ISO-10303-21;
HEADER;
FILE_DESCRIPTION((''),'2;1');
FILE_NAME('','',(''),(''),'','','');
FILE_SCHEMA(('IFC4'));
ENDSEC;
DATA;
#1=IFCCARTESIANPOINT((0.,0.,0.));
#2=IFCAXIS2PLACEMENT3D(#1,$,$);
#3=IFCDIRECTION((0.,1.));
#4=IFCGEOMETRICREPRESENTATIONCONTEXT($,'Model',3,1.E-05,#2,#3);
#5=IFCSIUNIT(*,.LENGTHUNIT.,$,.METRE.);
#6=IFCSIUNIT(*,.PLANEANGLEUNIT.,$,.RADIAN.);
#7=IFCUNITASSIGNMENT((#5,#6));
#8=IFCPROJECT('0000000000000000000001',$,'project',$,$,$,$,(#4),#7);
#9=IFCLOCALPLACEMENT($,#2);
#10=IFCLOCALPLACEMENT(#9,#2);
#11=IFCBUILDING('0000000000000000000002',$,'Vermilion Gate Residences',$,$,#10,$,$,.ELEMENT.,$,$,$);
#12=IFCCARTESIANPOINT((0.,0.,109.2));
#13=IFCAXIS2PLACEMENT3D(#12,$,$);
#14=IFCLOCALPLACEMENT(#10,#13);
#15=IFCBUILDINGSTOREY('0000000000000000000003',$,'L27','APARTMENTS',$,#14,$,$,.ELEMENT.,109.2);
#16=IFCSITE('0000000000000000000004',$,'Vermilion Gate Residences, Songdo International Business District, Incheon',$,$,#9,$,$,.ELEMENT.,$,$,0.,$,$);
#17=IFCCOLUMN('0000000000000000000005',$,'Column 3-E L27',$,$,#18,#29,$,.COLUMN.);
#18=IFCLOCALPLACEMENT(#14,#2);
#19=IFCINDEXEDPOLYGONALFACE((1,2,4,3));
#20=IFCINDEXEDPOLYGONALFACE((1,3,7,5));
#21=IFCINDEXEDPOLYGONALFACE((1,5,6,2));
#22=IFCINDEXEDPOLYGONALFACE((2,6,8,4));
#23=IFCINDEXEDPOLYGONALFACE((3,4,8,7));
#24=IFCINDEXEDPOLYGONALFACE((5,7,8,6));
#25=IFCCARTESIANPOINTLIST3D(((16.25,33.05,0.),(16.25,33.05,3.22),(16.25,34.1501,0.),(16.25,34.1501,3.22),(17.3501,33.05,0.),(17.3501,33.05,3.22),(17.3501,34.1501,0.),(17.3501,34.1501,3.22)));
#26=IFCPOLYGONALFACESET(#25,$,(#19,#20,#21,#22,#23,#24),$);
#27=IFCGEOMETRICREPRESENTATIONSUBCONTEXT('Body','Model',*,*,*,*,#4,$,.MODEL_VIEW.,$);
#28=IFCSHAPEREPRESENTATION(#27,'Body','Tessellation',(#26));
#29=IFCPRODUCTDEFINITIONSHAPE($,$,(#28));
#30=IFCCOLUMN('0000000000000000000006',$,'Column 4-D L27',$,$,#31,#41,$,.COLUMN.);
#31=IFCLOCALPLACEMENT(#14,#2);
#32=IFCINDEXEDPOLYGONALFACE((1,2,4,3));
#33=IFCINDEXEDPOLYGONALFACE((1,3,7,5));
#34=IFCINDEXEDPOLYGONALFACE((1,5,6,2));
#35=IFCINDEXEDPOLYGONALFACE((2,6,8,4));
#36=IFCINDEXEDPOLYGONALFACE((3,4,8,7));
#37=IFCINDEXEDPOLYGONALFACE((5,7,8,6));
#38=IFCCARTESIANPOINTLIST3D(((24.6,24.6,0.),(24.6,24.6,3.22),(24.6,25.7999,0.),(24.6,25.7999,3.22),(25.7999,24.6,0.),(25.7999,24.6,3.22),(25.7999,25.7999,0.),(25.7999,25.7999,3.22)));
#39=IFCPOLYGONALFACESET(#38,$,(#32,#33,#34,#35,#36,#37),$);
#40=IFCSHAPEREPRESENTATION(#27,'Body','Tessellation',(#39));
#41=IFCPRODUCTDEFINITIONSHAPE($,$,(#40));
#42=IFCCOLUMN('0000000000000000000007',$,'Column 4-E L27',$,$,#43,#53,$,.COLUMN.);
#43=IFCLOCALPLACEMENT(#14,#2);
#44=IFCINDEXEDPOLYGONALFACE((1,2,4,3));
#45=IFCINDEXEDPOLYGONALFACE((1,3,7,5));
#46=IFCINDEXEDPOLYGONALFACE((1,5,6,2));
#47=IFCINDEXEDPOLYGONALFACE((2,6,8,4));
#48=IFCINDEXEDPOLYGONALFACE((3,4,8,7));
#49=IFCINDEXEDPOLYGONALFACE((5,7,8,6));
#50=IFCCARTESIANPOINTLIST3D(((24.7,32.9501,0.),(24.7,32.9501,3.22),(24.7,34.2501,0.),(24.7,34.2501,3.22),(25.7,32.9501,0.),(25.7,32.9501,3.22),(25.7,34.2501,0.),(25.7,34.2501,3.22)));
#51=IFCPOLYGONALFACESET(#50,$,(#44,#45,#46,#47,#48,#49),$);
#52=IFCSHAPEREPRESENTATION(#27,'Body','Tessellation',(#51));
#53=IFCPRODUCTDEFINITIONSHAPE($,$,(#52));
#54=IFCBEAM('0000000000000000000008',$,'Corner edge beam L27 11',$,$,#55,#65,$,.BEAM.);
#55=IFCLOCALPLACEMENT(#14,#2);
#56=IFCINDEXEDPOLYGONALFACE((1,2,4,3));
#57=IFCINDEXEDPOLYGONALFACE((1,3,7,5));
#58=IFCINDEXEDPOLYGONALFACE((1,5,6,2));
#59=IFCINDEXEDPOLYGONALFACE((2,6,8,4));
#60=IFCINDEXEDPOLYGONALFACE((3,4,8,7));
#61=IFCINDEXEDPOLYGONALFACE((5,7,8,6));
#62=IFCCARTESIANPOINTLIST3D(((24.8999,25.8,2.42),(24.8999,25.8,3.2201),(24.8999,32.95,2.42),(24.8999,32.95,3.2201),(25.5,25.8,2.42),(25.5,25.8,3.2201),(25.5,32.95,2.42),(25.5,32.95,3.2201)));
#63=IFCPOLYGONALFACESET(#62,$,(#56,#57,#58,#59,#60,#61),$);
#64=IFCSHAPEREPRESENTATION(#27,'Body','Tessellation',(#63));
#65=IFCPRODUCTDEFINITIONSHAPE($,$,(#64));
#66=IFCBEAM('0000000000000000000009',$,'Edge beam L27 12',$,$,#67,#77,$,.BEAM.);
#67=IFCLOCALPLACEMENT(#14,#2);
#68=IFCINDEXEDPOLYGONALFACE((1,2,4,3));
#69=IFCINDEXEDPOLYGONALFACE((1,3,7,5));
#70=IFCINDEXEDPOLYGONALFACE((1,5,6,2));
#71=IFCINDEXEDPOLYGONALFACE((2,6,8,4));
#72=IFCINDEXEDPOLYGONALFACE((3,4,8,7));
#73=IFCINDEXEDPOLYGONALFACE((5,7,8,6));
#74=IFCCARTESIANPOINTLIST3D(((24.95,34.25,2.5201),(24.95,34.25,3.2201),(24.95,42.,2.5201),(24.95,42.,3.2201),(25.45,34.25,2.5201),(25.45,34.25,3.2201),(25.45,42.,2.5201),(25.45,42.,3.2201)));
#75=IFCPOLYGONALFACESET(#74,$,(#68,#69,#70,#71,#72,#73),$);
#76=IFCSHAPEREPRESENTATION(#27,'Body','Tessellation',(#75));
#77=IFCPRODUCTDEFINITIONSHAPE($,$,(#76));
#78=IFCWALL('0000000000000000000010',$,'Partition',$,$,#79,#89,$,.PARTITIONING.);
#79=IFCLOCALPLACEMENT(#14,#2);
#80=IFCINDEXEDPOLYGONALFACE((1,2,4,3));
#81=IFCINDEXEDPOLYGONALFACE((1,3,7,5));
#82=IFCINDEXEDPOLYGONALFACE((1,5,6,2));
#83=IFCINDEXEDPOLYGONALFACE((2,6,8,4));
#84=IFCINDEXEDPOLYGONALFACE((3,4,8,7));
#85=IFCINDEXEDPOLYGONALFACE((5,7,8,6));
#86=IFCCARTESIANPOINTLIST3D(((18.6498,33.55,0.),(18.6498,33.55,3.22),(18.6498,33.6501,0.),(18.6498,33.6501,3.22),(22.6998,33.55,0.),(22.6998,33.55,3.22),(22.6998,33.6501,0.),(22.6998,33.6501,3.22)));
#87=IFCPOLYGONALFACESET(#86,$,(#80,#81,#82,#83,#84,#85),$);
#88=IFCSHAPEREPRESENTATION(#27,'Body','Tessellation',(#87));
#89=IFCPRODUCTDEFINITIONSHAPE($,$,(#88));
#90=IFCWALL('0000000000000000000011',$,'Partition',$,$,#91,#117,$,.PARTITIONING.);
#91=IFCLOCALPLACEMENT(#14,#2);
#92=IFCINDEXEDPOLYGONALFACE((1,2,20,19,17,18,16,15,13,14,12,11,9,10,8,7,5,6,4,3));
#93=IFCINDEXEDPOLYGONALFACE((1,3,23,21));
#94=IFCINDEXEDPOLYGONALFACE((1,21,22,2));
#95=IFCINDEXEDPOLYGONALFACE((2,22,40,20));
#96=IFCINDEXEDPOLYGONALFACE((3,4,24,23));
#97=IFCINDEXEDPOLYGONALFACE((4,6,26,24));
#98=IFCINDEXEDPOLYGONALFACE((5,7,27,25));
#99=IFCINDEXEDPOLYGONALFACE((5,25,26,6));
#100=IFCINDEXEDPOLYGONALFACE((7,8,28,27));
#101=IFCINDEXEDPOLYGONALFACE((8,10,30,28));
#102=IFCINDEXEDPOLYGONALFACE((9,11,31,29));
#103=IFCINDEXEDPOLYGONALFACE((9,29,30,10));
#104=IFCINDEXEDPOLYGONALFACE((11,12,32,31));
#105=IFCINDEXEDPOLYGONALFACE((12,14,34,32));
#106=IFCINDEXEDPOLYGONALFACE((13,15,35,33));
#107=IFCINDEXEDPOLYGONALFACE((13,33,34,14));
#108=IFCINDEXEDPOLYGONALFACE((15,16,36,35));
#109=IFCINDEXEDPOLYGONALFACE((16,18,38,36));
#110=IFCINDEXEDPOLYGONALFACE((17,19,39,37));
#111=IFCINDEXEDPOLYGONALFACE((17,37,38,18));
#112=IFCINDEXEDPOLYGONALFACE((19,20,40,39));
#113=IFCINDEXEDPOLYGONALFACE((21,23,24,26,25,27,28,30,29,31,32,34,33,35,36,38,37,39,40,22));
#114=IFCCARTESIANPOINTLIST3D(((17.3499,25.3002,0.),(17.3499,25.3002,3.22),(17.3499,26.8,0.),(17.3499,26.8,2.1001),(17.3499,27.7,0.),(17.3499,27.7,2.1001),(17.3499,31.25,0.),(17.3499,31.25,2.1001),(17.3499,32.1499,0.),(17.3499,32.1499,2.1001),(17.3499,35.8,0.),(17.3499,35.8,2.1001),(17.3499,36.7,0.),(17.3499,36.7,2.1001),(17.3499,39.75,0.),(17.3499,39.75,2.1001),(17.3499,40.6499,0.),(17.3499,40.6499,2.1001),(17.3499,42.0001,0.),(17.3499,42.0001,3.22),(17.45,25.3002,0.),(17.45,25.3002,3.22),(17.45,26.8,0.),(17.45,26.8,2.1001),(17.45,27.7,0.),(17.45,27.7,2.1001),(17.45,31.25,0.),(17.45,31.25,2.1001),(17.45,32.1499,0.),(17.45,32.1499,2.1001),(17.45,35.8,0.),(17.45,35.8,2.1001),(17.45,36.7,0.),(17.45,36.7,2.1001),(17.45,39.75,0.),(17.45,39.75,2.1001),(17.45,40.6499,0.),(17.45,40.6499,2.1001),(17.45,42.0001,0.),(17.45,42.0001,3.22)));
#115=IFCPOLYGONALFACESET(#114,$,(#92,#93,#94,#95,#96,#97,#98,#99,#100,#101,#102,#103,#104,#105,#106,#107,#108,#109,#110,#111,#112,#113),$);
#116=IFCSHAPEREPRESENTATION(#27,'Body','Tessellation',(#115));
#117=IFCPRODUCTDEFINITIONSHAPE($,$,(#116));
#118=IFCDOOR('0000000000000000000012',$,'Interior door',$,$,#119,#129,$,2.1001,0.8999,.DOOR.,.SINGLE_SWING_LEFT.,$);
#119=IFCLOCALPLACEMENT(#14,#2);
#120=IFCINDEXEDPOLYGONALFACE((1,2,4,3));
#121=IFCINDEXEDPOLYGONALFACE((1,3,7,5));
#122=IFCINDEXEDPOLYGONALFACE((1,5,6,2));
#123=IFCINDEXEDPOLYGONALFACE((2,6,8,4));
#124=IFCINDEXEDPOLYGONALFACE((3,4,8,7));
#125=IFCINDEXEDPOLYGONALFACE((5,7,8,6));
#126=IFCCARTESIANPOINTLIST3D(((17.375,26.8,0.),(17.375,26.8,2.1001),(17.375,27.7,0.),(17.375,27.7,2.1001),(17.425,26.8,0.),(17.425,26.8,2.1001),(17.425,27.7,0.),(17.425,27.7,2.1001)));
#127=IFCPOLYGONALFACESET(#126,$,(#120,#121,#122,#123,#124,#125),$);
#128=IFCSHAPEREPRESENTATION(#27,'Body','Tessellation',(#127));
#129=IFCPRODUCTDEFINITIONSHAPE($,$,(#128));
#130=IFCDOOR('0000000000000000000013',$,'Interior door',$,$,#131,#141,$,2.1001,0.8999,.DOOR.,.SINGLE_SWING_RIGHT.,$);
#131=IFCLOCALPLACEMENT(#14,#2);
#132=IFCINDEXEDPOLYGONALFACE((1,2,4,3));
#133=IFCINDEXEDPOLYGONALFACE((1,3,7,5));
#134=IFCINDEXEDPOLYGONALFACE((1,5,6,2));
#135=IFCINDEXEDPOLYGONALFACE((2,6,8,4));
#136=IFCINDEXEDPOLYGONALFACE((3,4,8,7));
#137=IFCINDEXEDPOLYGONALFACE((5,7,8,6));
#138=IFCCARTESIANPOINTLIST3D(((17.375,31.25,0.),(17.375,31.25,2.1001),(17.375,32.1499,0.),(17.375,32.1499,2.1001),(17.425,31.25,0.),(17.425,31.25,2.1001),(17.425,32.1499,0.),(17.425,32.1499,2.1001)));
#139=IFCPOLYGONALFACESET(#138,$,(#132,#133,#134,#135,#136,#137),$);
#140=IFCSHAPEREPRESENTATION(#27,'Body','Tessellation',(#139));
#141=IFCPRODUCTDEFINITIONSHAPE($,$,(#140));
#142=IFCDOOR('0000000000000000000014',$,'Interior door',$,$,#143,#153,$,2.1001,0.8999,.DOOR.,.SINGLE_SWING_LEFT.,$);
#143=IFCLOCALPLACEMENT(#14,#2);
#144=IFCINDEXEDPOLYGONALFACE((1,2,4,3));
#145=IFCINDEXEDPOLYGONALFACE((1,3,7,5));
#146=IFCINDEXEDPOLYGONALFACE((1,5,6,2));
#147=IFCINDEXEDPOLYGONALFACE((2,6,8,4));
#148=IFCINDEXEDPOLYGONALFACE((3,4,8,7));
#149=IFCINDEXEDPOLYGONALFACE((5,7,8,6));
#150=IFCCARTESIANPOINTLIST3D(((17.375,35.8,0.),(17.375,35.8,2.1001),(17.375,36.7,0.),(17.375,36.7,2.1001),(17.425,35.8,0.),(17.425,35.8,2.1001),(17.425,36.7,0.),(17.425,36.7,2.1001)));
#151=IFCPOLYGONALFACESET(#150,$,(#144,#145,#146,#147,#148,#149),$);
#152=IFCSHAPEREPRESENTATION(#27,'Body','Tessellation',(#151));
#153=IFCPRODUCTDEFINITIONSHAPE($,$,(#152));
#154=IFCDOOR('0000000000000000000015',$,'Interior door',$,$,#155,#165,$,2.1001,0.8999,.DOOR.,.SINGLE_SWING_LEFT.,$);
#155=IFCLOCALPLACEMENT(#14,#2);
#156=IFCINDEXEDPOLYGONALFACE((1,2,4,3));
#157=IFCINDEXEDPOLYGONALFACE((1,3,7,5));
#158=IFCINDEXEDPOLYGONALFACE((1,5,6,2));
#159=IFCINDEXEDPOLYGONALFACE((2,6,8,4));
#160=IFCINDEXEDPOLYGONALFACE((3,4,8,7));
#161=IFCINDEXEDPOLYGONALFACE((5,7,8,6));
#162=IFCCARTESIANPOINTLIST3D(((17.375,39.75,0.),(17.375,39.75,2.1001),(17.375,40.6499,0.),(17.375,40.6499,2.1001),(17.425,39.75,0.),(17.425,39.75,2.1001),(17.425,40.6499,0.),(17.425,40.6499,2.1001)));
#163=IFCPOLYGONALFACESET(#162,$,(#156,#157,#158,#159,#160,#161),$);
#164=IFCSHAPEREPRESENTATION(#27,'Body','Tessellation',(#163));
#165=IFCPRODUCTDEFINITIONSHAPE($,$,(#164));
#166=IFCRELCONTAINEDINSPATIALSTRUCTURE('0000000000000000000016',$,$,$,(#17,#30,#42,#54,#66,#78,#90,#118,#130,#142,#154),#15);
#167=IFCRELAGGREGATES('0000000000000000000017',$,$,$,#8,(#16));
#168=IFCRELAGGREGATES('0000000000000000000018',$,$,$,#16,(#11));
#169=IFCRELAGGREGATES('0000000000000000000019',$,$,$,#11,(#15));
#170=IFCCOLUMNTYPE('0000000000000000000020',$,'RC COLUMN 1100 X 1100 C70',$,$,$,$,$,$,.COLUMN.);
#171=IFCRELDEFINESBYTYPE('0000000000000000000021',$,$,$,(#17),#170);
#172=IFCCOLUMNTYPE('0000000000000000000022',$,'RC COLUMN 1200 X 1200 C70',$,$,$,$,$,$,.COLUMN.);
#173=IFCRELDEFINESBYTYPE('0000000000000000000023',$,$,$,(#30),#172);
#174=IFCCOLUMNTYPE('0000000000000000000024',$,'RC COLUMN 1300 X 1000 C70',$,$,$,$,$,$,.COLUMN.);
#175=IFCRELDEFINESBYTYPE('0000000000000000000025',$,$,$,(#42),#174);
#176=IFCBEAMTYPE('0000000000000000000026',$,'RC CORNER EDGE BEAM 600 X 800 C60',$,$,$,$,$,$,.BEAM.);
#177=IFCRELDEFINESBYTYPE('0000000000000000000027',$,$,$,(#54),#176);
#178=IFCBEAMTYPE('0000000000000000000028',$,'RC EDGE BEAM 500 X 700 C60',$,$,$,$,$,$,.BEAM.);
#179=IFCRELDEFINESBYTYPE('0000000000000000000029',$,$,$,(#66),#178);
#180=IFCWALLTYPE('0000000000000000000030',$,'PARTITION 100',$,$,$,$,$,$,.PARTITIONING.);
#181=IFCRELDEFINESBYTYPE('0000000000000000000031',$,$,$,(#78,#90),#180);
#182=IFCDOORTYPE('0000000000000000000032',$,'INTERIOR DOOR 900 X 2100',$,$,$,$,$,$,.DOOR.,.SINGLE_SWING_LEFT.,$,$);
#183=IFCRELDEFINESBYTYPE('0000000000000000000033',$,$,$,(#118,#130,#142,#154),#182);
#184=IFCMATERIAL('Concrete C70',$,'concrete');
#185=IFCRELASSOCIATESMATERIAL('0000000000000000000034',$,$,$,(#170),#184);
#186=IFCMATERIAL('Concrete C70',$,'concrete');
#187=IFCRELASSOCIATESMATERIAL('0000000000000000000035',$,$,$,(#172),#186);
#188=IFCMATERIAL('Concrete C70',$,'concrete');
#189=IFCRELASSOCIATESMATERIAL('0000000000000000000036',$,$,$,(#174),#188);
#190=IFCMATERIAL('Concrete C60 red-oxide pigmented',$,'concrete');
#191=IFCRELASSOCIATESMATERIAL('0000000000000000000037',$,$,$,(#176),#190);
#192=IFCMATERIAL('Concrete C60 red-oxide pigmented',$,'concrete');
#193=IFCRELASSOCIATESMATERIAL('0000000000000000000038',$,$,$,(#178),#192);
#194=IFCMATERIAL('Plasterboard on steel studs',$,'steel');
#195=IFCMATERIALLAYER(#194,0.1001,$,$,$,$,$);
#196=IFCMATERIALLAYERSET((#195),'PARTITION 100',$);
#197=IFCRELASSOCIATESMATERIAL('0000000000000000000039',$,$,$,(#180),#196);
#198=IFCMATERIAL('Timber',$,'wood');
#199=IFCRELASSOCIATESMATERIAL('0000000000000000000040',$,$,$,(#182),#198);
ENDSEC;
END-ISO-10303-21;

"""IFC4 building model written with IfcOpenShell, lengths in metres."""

from ifc_helpers import new_model, si_unit, direction, frame, frame_2d, origin, origin_2d, place, context, subcontext, project, spatial, rectangle, extrude, material, layer, layer_set, material_profile, profile_set, type_object, element, fill, save


model = new_model("IFC4")

# Units and contexts
model_context = context("Model", 3, precision=1e-05, world=origin(), true_north=direction((0.0, 1.0)))
body_context = subcontext(model_context, "Body", "Model", "MODEL_VIEW")
ifc_project = project(units=[si_unit("LENGTHUNIT", "METRE"), si_unit("PLANEANGLEUNIT", "RADIAN")], contexts=[model_context])

# Site, building, storey
site_placement = place(None, origin())
site = spatial("IfcSite", under=ifc_project, at=site_placement, Name="Vermilion Gate Residences, Songdo International Business District, Incheon", CompositionType="ELEMENT", RefElevation=0.0)
building_placement = place(site_placement, origin())
building = spatial("IfcBuilding", under=site, at=building_placement, Name="Vermilion Gate Residences", CompositionType="ELEMENT")
storey_placement = place(building_placement, frame((0.0, 0.0, 109.2)))
storey = spatial("IfcBuildingStorey", under=building, at=storey_placement, Name="L27", Description="APARTMENTS", CompositionType="ELEMENT", Elevation=109.2)

# Columns
ifc_material_1 = material(Name="Concrete C70", Category="concrete")
ifc_material_profile_1 = material_profile(ifc_material_1, rectangle(XDim=1.1001, YDim=1.1001, at=origin_2d()), Name="RC-1100x1100")
ifc_profile_set_1 = profile_set([ifc_material_profile_1], Name="Concrete C70")
column_type_1 = type_object("IfcColumnType", Name="RC COLUMN 1100 X 1100 C70", PredefinedType="COLUMN", material=ifc_profile_set_1)
column_1_placement = place(storey_placement, frame((16.8, 33.6001, 0.0), z_axis=(0.0, 0.0, 1.0), x_axis=(1.0, 0.0, 0.0)))
element("IfcColumn", 1, at=column_1_placement, inside=storey, type_object=column_type_1, Name="Column 3-E L27", PredefinedType="COLUMN", context=body_context, shape_type="SweptSolid", body=[
    extrude(rectangle(XDim=1.1001, YDim=1.1001, at=origin_2d()), origin(), (0.0, 0.0, 1.0), 3.22),
])
ifc_material_2 = material(Name="Concrete C70", Category="concrete")
ifc_material_profile_2 = material_profile(ifc_material_2, rectangle(XDim=1.2, YDim=1.2, at=origin_2d()), Name="RC-1200x1200")
ifc_profile_set_2 = profile_set([ifc_material_profile_2], Name="Concrete C70")
column_type_2 = type_object("IfcColumnType", Name="RC COLUMN 1200 X 1200 C70", PredefinedType="COLUMN", material=ifc_profile_set_2)
column_2_placement = place(storey_placement, frame((25.2, 25.2, 0.0), z_axis=(0.0, 0.0, 1.0), x_axis=(1.0, 0.0, 0.0)))
element("IfcColumn", 2, at=column_2_placement, inside=storey, type_object=column_type_2, Name="Column 4-D L27", PredefinedType="COLUMN", context=body_context, shape_type="SweptSolid", body=[
    extrude(rectangle(XDim=1.2, YDim=1.2, at=origin_2d()), origin(), (0.0, 0.0, 1.0), 3.22),
])
ifc_material_3 = material(Name="Concrete C70", Category="concrete")
ifc_material_profile_3 = material_profile(ifc_material_3, rectangle(XDim=1.3, YDim=1.0, at=origin_2d()), Name="RC-1300x1000")
ifc_profile_set_3 = profile_set([ifc_material_profile_3], Name="Concrete C70")
column_type_3 = type_object("IfcColumnType", Name="RC COLUMN 1300 X 1000 C70", PredefinedType="COLUMN", material=ifc_profile_set_3)
column_3_placement = place(storey_placement, frame((25.2, 33.6001, 0.0), z_axis=(0.0, 0.0, 1.0), x_axis=(0.0, 1.0, 0.0)))
element("IfcColumn", 3, at=column_3_placement, inside=storey, type_object=column_type_3, Name="Column 4-E L27", PredefinedType="COLUMN", context=body_context, shape_type="SweptSolid", body=[
    extrude(rectangle(XDim=1.3, YDim=1.0, at=origin_2d()), origin(), (0.0, 0.0, 1.0), 3.22),
])

# Beams
ifc_material_4 = material(Name="Concrete C60 red-oxide pigmented", Category="concrete")
ifc_material_profile_4 = material_profile(ifc_material_4, rectangle(XDim=0.6001, YDim=0.8, at=origin_2d()), Name="RC-600x800")
ifc_profile_set_4 = profile_set([ifc_material_profile_4], Name="Concrete C60 red-oxide pigmented")
beam_type_1 = type_object("IfcBeamType", Name="RC CORNER EDGE BEAM 600 X 800 C60", PredefinedType="BEAM", material=ifc_profile_set_4)
beam_1_placement = place(storey_placement, frame((25.2, 25.8, 2.8201), z_axis=(0.0, 1.0, 0.0), x_axis=(-1.0, 0.0, 0.0)))
element("IfcBeam", 4, at=beam_1_placement, inside=storey, type_object=beam_type_1, Name="Corner edge beam L27 11", PredefinedType="BEAM", context=body_context, shape_type="SweptSolid", body=[
    extrude(rectangle(XDim=0.6001, YDim=0.8, at=origin_2d()), origin(), (0.0, 0.0, 1.0), 7.1499),
])
ifc_material_5 = material(Name="Concrete C60 red-oxide pigmented", Category="concrete")
ifc_material_profile_5 = material_profile(ifc_material_5, rectangle(XDim=0.5, YDim=0.7, at=origin_2d()), Name="RC-500x700")
ifc_profile_set_5 = profile_set([ifc_material_profile_5], Name="Concrete C60 red-oxide pigmented")
beam_type_2 = type_object("IfcBeamType", Name="RC EDGE BEAM 500 X 700 C60", PredefinedType="BEAM", material=ifc_profile_set_5)
beam_2_placement = place(storey_placement, frame((25.2, 34.25, 2.8701), z_axis=(0.0, 1.0, 0.0), x_axis=(-1.0, 0.0, 0.0)))
element("IfcBeam", 5, at=beam_2_placement, inside=storey, type_object=beam_type_2, Name="Edge beam L27 12", PredefinedType="BEAM", context=body_context, shape_type="SweptSolid", body=[
    extrude(rectangle(XDim=0.5, YDim=0.7, at=origin_2d()), origin(), (0.0, 0.0, 1.0), 7.75),
])

# Wall
ifc_material_6 = material(Name="Plasterboard on steel studs", Category="steel")
ifc_layer = layer(ifc_material_6, 0.1001)
ifc_layer_set = layer_set([ifc_layer], Name="PARTITION 100")
wall_type = type_object("IfcWallType", Name="PARTITION 100", PredefinedType="PARTITIONING", material=ifc_layer_set)
wall_1_placement = place(storey_placement, frame((18.6499, 33.6001, 0.0), z_axis=(0.0, 0.0, 1.0), x_axis=(1.0, 0.0, 0.0)))
element("IfcWall", 6, at=wall_1_placement, inside=storey, type_object=wall_type, Name="Partition", PredefinedType="PARTITIONING", context=body_context, shape_type="SweptSolid", body=[
    extrude(rectangle(XDim=4.05, YDim=0.1001, at=frame_2d((2.0249, 0.0))), origin(), (0.0, 0.0, 1.0), 3.22),
])

# Wall, openings, doors
wall_2_placement = place(storey_placement, frame((17.3999, 25.3, 0.0), z_axis=(0.0, 0.0, 1.0), x_axis=(0.0, 1.0, 0.0)))
wall_2 = element("IfcWall", 7, at=wall_2_placement, inside=storey, type_object=wall_type, Name="Partition", PredefinedType="PARTITIONING", context=body_context, shape_type="SweptSolid", body=[
    extrude(rectangle(XDim=16.7, YDim=0.1001, at=frame_2d((8.3501, 0.0))), origin(), (0.0, 0.0, 1.0), 3.22),
])
opening_1_placement = place(wall_2_placement, frame((1.5, 0.0, 0.0)))
opening_1 = element("IfcOpeningElement", 8, at=opening_1_placement, cuts=wall_2, PredefinedType="OPENING", context=body_context, shape_type="SweptSolid", body=[
    extrude(rectangle(XDim=0.8999, YDim=2.1001, at=frame_2d((0.45, 1.05))), frame((0.0, 0.0601, 0.0), z_axis=(0.0, -1.0, 0.0), x_axis=(1.0, 0.0, 0.0)), (0.0, 0.0, 1.0), 0.1201),
])
opening_2_placement = place(wall_2_placement, frame((5.95, 0.0, 0.0)))
opening_2 = element("IfcOpeningElement", 9, at=opening_2_placement, cuts=wall_2, PredefinedType="OPENING", context=body_context, shape_type="SweptSolid", body=[
    extrude(rectangle(XDim=0.8999, YDim=2.1001, at=frame_2d((0.45, 1.05))), frame((0.0, 0.0601, 0.0), z_axis=(0.0, -1.0, 0.0), x_axis=(1.0, 0.0, 0.0)), (0.0, 0.0, 1.0), 0.1201),
])
opening_3_placement = place(wall_2_placement, frame((10.5, 0.0, 0.0)))
opening_3 = element("IfcOpeningElement", 10, at=opening_3_placement, cuts=wall_2, PredefinedType="OPENING", context=body_context, shape_type="SweptSolid", body=[
    extrude(rectangle(XDim=0.8999, YDim=2.1001, at=frame_2d((0.45, 1.05))), frame((0.0, 0.0601, 0.0), z_axis=(0.0, -1.0, 0.0), x_axis=(1.0, 0.0, 0.0)), (0.0, 0.0, 1.0), 0.1201),
])
opening_4_placement = place(wall_2_placement, frame((14.45, 0.0, 0.0)))
opening_4 = element("IfcOpeningElement", 11, at=opening_4_placement, cuts=wall_2, PredefinedType="OPENING", context=body_context, shape_type="SweptSolid", body=[
    extrude(rectangle(XDim=0.8999, YDim=2.1001, at=frame_2d((0.45, 1.05))), frame((0.0, 0.0601, 0.0), z_axis=(0.0, -1.0, 0.0), x_axis=(1.0, 0.0, 0.0)), (0.0, 0.0, 1.0), 0.1201),
])
ifc_material_7 = material(Name="Timber", Category="wood")
door_type = type_object("IfcDoorType", Name="INTERIOR DOOR 900 X 2100", OperationType="SINGLE_SWING_LEFT", PredefinedType="DOOR", material=ifc_material_7)
door_1_placement = place(opening_1_placement, origin())
door_1 = element("IfcDoor", 12, at=door_1_placement, inside=storey, type_object=door_type, Name="Interior door", OperationType="SINGLE_SWING_LEFT", OverallHeight=2.1001, OverallWidth=0.8999, PredefinedType="DOOR", context=body_context, shape_type="SweptSolid", body=[
    extrude(rectangle(XDim=0.8999, YDim=2.1001, at=frame_2d((0.45, 1.05))), frame((0.0, 0.0249, 0.0), z_axis=(0.0, -1.0, 0.0), x_axis=(1.0, 0.0, 0.0)), (0.0, 0.0, 1.0), 0.05),
])
fill(opening_1, door_1)
door_2_placement = place(opening_2_placement, origin())
door_2 = element("IfcDoor", 13, at=door_2_placement, inside=storey, type_object=door_type, Name="Interior door", OperationType="SINGLE_SWING_RIGHT", OverallHeight=2.1001, OverallWidth=0.8999, PredefinedType="DOOR", context=body_context, shape_type="SweptSolid", body=[
    extrude(rectangle(XDim=0.8999, YDim=2.1001, at=frame_2d((0.45, 1.05))), frame((0.0, 0.0249, 0.0), z_axis=(0.0, -1.0, 0.0), x_axis=(1.0, 0.0, 0.0)), (0.0, 0.0, 1.0), 0.05),
])
fill(opening_2, door_2)
door_3_placement = place(opening_3_placement, origin())
door_3 = element("IfcDoor", 14, at=door_3_placement, inside=storey, type_object=door_type, Name="Interior door", OperationType="SINGLE_SWING_LEFT", OverallHeight=2.1001, OverallWidth=0.8999, PredefinedType="DOOR", context=body_context, shape_type="SweptSolid", body=[
    extrude(rectangle(XDim=0.8999, YDim=2.1001, at=frame_2d((0.45, 1.05))), frame((0.0, 0.0249, 0.0), z_axis=(0.0, -1.0, 0.0), x_axis=(1.0, 0.0, 0.0)), (0.0, 0.0, 1.0), 0.05),
])
fill(opening_3, door_3)
door_4_placement = place(opening_4_placement, origin())
door_4 = element("IfcDoor", 15, at=door_4_placement, inside=storey, type_object=door_type, Name="Interior door", OperationType="SINGLE_SWING_LEFT", OverallHeight=2.1001, OverallWidth=0.8999, PredefinedType="DOOR", context=body_context, shape_type="SweptSolid", body=[
    extrude(rectangle(XDim=0.8999, YDim=2.1001, at=frame_2d((0.45, 1.05))), frame((0.0, 0.0249, 0.0), z_axis=(0.0, -1.0, 0.0), x_axis=(1.0, 0.0, 0.0)), (0.0, 0.0, 1.0), 0.05),
])
fill(opening_4, door_4)

save(model, "model.ifc")
